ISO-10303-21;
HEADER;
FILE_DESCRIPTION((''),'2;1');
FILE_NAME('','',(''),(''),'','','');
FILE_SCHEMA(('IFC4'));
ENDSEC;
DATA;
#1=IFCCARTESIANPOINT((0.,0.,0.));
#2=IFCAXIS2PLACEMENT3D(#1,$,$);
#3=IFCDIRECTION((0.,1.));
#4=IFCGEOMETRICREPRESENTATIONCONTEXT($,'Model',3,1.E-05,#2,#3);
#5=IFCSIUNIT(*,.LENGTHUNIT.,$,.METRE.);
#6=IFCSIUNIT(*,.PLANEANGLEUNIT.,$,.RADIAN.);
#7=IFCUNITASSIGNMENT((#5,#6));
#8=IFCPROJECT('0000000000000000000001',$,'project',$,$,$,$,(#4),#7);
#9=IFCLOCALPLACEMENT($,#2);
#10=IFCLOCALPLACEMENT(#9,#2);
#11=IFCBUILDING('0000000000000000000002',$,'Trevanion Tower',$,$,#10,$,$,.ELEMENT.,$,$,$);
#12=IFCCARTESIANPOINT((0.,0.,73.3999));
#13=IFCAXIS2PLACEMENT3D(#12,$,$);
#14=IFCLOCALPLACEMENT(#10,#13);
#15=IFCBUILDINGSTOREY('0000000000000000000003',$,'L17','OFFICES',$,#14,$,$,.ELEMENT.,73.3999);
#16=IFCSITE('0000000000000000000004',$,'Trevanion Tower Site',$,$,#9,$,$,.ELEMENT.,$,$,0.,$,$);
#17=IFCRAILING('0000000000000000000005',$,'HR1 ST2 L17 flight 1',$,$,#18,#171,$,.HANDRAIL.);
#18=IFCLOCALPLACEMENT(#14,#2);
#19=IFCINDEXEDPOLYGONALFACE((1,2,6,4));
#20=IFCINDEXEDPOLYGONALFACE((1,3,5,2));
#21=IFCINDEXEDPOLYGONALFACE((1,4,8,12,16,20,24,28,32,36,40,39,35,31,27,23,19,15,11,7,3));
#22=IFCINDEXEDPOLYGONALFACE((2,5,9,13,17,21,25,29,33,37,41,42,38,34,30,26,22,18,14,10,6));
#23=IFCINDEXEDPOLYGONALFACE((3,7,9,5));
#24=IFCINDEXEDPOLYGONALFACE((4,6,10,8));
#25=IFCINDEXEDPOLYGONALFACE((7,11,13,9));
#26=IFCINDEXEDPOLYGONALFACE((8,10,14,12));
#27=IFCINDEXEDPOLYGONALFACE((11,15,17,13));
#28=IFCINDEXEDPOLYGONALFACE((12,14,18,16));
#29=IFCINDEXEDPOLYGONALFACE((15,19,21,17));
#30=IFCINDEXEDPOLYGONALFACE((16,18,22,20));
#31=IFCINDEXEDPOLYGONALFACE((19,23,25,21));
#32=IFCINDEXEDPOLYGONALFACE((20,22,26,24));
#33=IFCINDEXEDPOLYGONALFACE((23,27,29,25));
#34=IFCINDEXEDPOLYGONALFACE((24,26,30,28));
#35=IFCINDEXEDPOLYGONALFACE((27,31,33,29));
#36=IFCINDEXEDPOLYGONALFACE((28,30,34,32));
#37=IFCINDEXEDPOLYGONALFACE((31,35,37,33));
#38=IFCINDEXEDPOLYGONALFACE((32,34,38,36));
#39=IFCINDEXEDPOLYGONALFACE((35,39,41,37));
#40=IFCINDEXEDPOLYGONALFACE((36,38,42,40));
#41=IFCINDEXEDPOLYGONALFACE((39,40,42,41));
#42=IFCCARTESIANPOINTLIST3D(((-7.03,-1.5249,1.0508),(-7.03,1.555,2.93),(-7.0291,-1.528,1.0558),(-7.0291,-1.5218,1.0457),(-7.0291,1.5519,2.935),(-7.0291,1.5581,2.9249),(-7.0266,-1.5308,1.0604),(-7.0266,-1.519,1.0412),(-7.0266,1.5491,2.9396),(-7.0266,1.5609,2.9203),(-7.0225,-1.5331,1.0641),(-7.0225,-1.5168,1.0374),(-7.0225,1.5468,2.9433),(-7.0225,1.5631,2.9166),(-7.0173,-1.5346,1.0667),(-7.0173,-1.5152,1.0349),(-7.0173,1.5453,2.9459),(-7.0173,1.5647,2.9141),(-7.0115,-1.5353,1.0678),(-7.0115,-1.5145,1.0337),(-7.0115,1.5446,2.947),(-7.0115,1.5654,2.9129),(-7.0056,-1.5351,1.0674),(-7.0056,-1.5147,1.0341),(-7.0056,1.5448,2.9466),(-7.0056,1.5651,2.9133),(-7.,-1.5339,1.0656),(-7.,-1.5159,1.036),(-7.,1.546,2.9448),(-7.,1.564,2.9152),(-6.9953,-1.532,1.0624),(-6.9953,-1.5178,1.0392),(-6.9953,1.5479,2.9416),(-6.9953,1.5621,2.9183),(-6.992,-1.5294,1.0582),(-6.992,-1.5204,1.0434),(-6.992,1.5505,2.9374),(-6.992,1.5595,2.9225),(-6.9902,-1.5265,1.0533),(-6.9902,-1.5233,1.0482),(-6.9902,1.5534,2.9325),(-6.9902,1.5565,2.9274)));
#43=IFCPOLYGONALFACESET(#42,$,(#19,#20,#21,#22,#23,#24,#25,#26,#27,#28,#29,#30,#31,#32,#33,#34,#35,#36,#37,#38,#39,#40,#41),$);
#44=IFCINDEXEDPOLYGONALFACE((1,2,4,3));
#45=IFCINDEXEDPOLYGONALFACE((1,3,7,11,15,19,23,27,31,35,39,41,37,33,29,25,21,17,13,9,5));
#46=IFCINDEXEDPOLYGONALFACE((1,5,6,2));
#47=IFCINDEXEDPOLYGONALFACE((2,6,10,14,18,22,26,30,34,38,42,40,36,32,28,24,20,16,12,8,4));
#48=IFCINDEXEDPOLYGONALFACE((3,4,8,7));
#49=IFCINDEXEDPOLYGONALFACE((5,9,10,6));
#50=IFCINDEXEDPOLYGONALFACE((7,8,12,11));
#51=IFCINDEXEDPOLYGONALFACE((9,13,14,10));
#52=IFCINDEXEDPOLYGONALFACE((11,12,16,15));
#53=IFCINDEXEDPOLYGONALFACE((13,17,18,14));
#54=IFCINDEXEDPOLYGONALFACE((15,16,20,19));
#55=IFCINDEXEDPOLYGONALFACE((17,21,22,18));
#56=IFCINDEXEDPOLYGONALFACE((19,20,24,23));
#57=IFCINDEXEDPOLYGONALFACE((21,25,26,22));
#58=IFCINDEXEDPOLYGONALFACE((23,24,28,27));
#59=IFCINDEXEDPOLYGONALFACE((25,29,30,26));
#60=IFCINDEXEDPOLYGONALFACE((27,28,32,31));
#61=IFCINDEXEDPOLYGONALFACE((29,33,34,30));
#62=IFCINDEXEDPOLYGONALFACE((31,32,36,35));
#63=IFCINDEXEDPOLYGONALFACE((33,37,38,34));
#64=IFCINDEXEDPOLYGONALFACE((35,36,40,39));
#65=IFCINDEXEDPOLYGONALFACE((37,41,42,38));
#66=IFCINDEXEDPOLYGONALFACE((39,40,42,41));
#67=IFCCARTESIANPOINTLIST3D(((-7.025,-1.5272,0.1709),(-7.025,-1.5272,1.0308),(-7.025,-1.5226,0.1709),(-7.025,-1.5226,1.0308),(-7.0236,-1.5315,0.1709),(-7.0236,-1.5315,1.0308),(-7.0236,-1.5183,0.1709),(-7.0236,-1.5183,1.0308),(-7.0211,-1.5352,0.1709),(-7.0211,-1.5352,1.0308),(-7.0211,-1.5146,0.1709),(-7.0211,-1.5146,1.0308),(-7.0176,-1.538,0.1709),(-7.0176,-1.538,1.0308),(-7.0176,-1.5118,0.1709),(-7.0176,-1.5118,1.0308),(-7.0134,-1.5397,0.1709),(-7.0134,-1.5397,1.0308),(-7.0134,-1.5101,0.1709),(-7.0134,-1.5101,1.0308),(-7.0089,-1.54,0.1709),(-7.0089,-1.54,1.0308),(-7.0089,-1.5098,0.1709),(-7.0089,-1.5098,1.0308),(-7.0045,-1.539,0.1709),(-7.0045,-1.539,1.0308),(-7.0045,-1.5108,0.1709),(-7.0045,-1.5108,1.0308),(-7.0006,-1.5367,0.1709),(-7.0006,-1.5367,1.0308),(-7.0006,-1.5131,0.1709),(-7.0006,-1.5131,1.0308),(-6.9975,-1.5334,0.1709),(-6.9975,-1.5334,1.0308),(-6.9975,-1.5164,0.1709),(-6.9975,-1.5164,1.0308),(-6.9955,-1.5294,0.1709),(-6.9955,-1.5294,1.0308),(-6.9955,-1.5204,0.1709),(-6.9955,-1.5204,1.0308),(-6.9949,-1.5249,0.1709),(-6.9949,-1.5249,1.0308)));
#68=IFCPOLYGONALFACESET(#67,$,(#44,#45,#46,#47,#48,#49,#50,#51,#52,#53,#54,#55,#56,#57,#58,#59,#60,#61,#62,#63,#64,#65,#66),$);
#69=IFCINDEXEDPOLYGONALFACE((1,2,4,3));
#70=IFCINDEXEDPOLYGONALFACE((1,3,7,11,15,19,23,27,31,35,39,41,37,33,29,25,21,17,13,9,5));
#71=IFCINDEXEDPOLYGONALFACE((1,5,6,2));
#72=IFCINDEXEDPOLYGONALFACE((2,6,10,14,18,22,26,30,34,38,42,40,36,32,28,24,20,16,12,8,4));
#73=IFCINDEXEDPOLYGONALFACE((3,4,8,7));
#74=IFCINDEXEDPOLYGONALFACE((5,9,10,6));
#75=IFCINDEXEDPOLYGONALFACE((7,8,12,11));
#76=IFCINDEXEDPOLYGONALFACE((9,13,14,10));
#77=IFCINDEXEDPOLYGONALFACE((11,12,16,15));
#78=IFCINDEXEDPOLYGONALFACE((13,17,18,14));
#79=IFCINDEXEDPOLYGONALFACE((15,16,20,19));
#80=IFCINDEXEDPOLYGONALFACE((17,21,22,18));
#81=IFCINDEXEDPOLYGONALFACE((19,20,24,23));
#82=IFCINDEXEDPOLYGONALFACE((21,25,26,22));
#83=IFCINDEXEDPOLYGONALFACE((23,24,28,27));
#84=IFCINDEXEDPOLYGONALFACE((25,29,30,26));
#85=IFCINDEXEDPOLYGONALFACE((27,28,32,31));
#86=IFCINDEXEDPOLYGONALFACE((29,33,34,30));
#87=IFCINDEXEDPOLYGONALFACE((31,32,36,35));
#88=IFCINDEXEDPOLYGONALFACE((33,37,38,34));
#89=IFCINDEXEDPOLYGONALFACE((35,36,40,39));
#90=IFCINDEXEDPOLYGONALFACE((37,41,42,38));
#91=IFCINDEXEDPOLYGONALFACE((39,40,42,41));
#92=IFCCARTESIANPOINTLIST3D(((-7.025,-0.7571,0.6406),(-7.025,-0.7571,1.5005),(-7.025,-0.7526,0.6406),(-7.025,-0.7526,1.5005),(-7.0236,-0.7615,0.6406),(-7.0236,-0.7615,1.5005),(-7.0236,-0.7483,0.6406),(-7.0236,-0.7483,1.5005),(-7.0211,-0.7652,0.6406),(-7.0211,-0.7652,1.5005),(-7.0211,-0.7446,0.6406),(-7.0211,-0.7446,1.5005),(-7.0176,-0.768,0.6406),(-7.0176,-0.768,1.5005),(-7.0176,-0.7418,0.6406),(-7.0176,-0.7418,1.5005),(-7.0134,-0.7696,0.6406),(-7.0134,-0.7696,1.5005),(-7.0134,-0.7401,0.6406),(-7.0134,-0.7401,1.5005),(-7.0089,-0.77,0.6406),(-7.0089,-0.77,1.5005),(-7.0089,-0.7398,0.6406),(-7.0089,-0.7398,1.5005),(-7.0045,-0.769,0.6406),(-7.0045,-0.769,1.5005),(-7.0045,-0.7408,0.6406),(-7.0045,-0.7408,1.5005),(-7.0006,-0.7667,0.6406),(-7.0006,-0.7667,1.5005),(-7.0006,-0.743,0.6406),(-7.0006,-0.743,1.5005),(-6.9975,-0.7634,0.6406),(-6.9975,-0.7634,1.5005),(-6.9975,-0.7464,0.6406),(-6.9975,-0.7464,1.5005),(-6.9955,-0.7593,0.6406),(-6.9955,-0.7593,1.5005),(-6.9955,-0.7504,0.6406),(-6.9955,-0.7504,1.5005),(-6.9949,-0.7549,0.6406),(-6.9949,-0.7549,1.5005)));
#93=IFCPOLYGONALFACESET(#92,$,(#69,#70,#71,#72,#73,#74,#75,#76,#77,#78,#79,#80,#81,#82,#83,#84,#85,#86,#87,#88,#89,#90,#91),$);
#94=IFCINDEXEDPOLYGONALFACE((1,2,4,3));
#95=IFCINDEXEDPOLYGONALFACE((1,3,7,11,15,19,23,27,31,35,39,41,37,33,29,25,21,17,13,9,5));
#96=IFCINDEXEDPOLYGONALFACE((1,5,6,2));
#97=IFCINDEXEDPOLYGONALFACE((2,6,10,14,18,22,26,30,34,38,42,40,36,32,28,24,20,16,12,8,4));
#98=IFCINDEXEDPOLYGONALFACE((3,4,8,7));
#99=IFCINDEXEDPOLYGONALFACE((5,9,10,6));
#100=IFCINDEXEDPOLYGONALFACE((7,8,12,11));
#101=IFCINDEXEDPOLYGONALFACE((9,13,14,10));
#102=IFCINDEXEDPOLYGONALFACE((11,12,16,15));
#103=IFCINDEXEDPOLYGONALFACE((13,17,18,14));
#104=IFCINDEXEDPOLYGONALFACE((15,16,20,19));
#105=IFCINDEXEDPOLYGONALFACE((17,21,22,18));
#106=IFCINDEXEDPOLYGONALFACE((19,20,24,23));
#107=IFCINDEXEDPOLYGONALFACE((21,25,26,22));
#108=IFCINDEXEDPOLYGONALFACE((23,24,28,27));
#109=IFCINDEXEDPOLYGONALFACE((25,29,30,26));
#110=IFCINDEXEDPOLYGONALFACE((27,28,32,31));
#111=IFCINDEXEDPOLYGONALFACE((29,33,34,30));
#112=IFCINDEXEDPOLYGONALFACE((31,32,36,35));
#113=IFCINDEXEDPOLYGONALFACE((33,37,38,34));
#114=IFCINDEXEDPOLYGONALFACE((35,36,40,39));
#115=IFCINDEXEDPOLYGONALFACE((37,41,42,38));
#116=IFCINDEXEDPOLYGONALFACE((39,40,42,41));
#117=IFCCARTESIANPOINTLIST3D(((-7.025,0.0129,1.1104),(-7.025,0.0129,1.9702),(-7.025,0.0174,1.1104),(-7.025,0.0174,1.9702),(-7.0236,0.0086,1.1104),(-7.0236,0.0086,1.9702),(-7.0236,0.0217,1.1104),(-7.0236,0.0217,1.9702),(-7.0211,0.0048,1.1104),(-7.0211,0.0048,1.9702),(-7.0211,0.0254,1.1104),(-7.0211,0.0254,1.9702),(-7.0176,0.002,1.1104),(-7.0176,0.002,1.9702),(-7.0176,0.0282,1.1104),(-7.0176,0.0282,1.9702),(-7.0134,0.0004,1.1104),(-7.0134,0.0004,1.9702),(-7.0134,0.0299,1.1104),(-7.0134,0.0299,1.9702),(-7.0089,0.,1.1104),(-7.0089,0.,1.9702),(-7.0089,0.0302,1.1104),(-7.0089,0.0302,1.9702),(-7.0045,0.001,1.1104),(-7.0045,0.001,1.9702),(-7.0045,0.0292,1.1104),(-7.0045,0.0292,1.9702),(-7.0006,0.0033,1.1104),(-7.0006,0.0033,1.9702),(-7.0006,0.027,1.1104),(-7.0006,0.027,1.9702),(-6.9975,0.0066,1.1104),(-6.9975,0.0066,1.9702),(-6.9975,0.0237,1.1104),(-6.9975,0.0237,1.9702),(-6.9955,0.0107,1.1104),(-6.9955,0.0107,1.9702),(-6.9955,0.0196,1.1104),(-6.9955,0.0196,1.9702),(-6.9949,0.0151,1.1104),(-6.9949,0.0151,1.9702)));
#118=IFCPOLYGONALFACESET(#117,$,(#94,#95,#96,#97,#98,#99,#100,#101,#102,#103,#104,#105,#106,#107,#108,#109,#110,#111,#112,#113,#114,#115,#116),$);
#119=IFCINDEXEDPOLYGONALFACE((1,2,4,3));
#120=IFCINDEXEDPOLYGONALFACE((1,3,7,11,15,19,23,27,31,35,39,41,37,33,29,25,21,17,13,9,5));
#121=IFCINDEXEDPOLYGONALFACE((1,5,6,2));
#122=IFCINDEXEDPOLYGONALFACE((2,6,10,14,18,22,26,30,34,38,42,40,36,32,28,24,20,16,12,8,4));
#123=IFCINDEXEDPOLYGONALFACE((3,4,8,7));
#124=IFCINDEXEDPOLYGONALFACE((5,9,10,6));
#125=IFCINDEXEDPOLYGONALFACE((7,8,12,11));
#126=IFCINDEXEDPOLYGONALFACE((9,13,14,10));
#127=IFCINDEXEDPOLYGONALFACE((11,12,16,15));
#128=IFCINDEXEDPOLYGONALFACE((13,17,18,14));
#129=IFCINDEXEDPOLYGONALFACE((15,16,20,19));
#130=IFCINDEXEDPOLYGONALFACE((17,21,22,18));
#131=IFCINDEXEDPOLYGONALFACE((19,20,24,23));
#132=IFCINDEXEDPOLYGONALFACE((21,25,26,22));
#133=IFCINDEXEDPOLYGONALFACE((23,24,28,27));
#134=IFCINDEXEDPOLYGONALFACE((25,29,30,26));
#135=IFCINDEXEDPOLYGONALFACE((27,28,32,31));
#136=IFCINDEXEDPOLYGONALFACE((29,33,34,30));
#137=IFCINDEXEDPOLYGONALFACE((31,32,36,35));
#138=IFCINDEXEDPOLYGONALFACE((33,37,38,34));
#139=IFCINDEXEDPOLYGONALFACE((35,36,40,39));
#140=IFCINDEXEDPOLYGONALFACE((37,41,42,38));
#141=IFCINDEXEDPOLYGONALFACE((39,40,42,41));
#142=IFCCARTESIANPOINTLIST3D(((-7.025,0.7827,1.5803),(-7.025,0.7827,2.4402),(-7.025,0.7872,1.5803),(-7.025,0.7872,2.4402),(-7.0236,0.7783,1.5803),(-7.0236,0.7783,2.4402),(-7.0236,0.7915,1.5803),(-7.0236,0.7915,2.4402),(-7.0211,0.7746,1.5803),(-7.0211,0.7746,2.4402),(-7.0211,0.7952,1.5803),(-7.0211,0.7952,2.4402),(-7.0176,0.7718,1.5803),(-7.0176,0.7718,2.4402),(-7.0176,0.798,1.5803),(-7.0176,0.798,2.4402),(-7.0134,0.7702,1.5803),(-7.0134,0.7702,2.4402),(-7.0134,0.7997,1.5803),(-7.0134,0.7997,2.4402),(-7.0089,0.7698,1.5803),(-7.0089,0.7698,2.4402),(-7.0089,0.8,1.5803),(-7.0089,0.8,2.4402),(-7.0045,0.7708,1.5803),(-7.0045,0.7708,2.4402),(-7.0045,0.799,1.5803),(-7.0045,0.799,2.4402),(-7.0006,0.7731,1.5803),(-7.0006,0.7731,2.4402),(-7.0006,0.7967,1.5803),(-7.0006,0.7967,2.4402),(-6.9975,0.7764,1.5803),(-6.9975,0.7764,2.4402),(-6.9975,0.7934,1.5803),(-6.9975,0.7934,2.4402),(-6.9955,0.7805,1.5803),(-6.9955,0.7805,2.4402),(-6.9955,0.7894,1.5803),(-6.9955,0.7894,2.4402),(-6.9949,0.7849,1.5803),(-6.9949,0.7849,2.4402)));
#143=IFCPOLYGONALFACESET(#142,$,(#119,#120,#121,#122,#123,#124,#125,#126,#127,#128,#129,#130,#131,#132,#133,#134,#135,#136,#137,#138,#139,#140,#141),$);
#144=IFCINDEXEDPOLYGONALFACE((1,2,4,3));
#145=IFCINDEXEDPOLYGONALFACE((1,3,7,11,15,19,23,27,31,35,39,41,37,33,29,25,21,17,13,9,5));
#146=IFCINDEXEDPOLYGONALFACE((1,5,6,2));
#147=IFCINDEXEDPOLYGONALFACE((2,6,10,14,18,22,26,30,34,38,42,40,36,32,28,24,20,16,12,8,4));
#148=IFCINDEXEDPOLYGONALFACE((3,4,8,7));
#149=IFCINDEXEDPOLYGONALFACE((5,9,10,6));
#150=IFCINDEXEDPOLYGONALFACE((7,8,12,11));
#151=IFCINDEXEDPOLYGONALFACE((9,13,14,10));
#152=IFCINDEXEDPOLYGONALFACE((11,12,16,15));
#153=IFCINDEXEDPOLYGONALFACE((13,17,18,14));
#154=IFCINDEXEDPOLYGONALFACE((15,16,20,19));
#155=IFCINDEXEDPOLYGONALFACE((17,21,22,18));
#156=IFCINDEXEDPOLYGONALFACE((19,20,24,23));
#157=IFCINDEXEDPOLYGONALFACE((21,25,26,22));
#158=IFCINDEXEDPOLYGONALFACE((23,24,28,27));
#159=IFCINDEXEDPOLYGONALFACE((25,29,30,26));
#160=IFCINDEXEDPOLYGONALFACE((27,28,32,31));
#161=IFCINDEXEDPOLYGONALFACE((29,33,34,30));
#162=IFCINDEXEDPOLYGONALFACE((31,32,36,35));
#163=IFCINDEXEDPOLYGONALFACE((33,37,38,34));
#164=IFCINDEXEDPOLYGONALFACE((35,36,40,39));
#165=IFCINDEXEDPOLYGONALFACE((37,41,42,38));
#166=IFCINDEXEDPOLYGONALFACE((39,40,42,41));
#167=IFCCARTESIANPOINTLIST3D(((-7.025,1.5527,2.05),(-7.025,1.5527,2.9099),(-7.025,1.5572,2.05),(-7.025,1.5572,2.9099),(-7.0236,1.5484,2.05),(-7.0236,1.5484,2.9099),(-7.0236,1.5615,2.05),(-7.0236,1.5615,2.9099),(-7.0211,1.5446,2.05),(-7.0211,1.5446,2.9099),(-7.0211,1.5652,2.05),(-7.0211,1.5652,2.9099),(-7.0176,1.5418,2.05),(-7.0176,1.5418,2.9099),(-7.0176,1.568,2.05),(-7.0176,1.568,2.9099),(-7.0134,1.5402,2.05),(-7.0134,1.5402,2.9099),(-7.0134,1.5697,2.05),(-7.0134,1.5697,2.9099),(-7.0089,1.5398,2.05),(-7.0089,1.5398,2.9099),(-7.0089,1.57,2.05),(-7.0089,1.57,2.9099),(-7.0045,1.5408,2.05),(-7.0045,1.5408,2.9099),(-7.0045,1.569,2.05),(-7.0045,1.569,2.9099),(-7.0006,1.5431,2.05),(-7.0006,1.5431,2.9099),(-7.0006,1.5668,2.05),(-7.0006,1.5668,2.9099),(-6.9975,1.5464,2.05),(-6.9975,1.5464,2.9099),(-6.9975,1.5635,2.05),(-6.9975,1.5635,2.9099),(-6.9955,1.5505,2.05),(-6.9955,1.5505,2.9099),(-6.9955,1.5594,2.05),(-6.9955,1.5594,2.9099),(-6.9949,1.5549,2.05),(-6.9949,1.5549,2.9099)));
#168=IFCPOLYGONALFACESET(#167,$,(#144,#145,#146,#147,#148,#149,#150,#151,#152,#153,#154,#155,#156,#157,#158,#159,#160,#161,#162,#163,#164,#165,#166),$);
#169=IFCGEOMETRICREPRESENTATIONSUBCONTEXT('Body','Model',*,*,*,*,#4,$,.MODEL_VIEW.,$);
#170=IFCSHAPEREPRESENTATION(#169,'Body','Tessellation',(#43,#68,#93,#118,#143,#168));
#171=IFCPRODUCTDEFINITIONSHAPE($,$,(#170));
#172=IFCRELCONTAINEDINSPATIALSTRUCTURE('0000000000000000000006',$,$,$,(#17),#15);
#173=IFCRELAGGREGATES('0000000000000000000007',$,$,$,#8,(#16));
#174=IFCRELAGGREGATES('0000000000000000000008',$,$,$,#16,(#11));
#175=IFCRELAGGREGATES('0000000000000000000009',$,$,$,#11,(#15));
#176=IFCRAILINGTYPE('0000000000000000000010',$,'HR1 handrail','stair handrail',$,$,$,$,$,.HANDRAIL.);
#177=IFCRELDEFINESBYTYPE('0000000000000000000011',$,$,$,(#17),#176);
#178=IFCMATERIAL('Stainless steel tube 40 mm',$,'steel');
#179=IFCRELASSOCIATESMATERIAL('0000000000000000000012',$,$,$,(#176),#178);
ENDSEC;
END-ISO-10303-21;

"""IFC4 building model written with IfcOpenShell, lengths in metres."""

from ifc_helpers import new_model, si_unit, direction, frame, origin, origin_2d, place, context, subcontext, project, spatial, circle, extrude, material, type_object, element, save


model = new_model("IFC4")

# Units and contexts
model_context = context("Model", 3, precision=1e-05, world=origin(), true_north=direction((0.0, 1.0)))
body_context = subcontext(model_context, "Body", "Model", "MODEL_VIEW")
ifc_project = project(units=[si_unit("LENGTHUNIT", "METRE"), si_unit("PLANEANGLEUNIT", "RADIAN")], contexts=[model_context])

# Site, building, storey
site_placement = place(None, origin())
site = spatial("IfcSite", under=ifc_project, at=site_placement, Name="Trevanion Tower Site", CompositionType="ELEMENT", RefElevation=0.0)
building_placement = place(site_placement, origin())
building = spatial("IfcBuilding", under=site, at=building_placement, Name="Trevanion Tower", CompositionType="ELEMENT")
storey_placement = place(building_placement, frame((0.0, 0.0, 73.3999)))
storey = spatial("IfcBuildingStorey", under=building, at=storey_placement, Name="L17", Description="OFFICES", CompositionType="ELEMENT", Elevation=73.3999)

# Railing
ifc_material_1 = material(Name="Stainless steel tube 40 mm", Category="steel")
railing_type = type_object("IfcRailingType", Name="HR1 handrail", Description="stair handrail", PredefinedType="HANDRAIL", material=ifc_material_1)
for number, where, name in (
    (1, (-7.01, -1.5249, 0.1709), "HR1 ST2 L17 flight 1"),
):
    element("IfcRailing", number, at=place(storey_placement, frame(where)), inside=storey, type_object=railing_type, Name=name, PredefinedType="HANDRAIL", context=body_context, shape_type="SweptSolid", body=[
        extrude(circle(Radius=0.02, at=origin_2d()), frame((0.0, 0.0, 0.8799), z_axis=(0.0, 0.853648, 0.52085), x_axis=(-1.0, 0.0, 0.0)), (0.0, 0.0, 1.0), 3.6079),
        extrude(circle(Radius=0.0151, at=origin_2d()), origin(), (0.0, 0.0, 1.0), 0.8599),
        extrude(circle(Radius=0.0151, at=origin_2d()), frame((0.0, 0.77, 0.4697)), (0.0, 0.0, 1.0), 0.8599),
        extrude(circle(Radius=0.0151, at=origin_2d()), frame((0.0, 1.54, 0.9395)), (0.0, 0.0, 1.0), 0.8599),
        extrude(circle(Radius=0.0151, at=origin_2d()), frame((0.0, 2.3098, 1.4094)), (0.0, 0.0, 1.0), 0.8599),
        extrude(circle(Radius=0.0151, at=origin_2d()), frame((0.0, 3.0798, 1.8792)), (0.0, 0.0, 1.0), 0.8599),
    ])

save(model, "model.ifc")
